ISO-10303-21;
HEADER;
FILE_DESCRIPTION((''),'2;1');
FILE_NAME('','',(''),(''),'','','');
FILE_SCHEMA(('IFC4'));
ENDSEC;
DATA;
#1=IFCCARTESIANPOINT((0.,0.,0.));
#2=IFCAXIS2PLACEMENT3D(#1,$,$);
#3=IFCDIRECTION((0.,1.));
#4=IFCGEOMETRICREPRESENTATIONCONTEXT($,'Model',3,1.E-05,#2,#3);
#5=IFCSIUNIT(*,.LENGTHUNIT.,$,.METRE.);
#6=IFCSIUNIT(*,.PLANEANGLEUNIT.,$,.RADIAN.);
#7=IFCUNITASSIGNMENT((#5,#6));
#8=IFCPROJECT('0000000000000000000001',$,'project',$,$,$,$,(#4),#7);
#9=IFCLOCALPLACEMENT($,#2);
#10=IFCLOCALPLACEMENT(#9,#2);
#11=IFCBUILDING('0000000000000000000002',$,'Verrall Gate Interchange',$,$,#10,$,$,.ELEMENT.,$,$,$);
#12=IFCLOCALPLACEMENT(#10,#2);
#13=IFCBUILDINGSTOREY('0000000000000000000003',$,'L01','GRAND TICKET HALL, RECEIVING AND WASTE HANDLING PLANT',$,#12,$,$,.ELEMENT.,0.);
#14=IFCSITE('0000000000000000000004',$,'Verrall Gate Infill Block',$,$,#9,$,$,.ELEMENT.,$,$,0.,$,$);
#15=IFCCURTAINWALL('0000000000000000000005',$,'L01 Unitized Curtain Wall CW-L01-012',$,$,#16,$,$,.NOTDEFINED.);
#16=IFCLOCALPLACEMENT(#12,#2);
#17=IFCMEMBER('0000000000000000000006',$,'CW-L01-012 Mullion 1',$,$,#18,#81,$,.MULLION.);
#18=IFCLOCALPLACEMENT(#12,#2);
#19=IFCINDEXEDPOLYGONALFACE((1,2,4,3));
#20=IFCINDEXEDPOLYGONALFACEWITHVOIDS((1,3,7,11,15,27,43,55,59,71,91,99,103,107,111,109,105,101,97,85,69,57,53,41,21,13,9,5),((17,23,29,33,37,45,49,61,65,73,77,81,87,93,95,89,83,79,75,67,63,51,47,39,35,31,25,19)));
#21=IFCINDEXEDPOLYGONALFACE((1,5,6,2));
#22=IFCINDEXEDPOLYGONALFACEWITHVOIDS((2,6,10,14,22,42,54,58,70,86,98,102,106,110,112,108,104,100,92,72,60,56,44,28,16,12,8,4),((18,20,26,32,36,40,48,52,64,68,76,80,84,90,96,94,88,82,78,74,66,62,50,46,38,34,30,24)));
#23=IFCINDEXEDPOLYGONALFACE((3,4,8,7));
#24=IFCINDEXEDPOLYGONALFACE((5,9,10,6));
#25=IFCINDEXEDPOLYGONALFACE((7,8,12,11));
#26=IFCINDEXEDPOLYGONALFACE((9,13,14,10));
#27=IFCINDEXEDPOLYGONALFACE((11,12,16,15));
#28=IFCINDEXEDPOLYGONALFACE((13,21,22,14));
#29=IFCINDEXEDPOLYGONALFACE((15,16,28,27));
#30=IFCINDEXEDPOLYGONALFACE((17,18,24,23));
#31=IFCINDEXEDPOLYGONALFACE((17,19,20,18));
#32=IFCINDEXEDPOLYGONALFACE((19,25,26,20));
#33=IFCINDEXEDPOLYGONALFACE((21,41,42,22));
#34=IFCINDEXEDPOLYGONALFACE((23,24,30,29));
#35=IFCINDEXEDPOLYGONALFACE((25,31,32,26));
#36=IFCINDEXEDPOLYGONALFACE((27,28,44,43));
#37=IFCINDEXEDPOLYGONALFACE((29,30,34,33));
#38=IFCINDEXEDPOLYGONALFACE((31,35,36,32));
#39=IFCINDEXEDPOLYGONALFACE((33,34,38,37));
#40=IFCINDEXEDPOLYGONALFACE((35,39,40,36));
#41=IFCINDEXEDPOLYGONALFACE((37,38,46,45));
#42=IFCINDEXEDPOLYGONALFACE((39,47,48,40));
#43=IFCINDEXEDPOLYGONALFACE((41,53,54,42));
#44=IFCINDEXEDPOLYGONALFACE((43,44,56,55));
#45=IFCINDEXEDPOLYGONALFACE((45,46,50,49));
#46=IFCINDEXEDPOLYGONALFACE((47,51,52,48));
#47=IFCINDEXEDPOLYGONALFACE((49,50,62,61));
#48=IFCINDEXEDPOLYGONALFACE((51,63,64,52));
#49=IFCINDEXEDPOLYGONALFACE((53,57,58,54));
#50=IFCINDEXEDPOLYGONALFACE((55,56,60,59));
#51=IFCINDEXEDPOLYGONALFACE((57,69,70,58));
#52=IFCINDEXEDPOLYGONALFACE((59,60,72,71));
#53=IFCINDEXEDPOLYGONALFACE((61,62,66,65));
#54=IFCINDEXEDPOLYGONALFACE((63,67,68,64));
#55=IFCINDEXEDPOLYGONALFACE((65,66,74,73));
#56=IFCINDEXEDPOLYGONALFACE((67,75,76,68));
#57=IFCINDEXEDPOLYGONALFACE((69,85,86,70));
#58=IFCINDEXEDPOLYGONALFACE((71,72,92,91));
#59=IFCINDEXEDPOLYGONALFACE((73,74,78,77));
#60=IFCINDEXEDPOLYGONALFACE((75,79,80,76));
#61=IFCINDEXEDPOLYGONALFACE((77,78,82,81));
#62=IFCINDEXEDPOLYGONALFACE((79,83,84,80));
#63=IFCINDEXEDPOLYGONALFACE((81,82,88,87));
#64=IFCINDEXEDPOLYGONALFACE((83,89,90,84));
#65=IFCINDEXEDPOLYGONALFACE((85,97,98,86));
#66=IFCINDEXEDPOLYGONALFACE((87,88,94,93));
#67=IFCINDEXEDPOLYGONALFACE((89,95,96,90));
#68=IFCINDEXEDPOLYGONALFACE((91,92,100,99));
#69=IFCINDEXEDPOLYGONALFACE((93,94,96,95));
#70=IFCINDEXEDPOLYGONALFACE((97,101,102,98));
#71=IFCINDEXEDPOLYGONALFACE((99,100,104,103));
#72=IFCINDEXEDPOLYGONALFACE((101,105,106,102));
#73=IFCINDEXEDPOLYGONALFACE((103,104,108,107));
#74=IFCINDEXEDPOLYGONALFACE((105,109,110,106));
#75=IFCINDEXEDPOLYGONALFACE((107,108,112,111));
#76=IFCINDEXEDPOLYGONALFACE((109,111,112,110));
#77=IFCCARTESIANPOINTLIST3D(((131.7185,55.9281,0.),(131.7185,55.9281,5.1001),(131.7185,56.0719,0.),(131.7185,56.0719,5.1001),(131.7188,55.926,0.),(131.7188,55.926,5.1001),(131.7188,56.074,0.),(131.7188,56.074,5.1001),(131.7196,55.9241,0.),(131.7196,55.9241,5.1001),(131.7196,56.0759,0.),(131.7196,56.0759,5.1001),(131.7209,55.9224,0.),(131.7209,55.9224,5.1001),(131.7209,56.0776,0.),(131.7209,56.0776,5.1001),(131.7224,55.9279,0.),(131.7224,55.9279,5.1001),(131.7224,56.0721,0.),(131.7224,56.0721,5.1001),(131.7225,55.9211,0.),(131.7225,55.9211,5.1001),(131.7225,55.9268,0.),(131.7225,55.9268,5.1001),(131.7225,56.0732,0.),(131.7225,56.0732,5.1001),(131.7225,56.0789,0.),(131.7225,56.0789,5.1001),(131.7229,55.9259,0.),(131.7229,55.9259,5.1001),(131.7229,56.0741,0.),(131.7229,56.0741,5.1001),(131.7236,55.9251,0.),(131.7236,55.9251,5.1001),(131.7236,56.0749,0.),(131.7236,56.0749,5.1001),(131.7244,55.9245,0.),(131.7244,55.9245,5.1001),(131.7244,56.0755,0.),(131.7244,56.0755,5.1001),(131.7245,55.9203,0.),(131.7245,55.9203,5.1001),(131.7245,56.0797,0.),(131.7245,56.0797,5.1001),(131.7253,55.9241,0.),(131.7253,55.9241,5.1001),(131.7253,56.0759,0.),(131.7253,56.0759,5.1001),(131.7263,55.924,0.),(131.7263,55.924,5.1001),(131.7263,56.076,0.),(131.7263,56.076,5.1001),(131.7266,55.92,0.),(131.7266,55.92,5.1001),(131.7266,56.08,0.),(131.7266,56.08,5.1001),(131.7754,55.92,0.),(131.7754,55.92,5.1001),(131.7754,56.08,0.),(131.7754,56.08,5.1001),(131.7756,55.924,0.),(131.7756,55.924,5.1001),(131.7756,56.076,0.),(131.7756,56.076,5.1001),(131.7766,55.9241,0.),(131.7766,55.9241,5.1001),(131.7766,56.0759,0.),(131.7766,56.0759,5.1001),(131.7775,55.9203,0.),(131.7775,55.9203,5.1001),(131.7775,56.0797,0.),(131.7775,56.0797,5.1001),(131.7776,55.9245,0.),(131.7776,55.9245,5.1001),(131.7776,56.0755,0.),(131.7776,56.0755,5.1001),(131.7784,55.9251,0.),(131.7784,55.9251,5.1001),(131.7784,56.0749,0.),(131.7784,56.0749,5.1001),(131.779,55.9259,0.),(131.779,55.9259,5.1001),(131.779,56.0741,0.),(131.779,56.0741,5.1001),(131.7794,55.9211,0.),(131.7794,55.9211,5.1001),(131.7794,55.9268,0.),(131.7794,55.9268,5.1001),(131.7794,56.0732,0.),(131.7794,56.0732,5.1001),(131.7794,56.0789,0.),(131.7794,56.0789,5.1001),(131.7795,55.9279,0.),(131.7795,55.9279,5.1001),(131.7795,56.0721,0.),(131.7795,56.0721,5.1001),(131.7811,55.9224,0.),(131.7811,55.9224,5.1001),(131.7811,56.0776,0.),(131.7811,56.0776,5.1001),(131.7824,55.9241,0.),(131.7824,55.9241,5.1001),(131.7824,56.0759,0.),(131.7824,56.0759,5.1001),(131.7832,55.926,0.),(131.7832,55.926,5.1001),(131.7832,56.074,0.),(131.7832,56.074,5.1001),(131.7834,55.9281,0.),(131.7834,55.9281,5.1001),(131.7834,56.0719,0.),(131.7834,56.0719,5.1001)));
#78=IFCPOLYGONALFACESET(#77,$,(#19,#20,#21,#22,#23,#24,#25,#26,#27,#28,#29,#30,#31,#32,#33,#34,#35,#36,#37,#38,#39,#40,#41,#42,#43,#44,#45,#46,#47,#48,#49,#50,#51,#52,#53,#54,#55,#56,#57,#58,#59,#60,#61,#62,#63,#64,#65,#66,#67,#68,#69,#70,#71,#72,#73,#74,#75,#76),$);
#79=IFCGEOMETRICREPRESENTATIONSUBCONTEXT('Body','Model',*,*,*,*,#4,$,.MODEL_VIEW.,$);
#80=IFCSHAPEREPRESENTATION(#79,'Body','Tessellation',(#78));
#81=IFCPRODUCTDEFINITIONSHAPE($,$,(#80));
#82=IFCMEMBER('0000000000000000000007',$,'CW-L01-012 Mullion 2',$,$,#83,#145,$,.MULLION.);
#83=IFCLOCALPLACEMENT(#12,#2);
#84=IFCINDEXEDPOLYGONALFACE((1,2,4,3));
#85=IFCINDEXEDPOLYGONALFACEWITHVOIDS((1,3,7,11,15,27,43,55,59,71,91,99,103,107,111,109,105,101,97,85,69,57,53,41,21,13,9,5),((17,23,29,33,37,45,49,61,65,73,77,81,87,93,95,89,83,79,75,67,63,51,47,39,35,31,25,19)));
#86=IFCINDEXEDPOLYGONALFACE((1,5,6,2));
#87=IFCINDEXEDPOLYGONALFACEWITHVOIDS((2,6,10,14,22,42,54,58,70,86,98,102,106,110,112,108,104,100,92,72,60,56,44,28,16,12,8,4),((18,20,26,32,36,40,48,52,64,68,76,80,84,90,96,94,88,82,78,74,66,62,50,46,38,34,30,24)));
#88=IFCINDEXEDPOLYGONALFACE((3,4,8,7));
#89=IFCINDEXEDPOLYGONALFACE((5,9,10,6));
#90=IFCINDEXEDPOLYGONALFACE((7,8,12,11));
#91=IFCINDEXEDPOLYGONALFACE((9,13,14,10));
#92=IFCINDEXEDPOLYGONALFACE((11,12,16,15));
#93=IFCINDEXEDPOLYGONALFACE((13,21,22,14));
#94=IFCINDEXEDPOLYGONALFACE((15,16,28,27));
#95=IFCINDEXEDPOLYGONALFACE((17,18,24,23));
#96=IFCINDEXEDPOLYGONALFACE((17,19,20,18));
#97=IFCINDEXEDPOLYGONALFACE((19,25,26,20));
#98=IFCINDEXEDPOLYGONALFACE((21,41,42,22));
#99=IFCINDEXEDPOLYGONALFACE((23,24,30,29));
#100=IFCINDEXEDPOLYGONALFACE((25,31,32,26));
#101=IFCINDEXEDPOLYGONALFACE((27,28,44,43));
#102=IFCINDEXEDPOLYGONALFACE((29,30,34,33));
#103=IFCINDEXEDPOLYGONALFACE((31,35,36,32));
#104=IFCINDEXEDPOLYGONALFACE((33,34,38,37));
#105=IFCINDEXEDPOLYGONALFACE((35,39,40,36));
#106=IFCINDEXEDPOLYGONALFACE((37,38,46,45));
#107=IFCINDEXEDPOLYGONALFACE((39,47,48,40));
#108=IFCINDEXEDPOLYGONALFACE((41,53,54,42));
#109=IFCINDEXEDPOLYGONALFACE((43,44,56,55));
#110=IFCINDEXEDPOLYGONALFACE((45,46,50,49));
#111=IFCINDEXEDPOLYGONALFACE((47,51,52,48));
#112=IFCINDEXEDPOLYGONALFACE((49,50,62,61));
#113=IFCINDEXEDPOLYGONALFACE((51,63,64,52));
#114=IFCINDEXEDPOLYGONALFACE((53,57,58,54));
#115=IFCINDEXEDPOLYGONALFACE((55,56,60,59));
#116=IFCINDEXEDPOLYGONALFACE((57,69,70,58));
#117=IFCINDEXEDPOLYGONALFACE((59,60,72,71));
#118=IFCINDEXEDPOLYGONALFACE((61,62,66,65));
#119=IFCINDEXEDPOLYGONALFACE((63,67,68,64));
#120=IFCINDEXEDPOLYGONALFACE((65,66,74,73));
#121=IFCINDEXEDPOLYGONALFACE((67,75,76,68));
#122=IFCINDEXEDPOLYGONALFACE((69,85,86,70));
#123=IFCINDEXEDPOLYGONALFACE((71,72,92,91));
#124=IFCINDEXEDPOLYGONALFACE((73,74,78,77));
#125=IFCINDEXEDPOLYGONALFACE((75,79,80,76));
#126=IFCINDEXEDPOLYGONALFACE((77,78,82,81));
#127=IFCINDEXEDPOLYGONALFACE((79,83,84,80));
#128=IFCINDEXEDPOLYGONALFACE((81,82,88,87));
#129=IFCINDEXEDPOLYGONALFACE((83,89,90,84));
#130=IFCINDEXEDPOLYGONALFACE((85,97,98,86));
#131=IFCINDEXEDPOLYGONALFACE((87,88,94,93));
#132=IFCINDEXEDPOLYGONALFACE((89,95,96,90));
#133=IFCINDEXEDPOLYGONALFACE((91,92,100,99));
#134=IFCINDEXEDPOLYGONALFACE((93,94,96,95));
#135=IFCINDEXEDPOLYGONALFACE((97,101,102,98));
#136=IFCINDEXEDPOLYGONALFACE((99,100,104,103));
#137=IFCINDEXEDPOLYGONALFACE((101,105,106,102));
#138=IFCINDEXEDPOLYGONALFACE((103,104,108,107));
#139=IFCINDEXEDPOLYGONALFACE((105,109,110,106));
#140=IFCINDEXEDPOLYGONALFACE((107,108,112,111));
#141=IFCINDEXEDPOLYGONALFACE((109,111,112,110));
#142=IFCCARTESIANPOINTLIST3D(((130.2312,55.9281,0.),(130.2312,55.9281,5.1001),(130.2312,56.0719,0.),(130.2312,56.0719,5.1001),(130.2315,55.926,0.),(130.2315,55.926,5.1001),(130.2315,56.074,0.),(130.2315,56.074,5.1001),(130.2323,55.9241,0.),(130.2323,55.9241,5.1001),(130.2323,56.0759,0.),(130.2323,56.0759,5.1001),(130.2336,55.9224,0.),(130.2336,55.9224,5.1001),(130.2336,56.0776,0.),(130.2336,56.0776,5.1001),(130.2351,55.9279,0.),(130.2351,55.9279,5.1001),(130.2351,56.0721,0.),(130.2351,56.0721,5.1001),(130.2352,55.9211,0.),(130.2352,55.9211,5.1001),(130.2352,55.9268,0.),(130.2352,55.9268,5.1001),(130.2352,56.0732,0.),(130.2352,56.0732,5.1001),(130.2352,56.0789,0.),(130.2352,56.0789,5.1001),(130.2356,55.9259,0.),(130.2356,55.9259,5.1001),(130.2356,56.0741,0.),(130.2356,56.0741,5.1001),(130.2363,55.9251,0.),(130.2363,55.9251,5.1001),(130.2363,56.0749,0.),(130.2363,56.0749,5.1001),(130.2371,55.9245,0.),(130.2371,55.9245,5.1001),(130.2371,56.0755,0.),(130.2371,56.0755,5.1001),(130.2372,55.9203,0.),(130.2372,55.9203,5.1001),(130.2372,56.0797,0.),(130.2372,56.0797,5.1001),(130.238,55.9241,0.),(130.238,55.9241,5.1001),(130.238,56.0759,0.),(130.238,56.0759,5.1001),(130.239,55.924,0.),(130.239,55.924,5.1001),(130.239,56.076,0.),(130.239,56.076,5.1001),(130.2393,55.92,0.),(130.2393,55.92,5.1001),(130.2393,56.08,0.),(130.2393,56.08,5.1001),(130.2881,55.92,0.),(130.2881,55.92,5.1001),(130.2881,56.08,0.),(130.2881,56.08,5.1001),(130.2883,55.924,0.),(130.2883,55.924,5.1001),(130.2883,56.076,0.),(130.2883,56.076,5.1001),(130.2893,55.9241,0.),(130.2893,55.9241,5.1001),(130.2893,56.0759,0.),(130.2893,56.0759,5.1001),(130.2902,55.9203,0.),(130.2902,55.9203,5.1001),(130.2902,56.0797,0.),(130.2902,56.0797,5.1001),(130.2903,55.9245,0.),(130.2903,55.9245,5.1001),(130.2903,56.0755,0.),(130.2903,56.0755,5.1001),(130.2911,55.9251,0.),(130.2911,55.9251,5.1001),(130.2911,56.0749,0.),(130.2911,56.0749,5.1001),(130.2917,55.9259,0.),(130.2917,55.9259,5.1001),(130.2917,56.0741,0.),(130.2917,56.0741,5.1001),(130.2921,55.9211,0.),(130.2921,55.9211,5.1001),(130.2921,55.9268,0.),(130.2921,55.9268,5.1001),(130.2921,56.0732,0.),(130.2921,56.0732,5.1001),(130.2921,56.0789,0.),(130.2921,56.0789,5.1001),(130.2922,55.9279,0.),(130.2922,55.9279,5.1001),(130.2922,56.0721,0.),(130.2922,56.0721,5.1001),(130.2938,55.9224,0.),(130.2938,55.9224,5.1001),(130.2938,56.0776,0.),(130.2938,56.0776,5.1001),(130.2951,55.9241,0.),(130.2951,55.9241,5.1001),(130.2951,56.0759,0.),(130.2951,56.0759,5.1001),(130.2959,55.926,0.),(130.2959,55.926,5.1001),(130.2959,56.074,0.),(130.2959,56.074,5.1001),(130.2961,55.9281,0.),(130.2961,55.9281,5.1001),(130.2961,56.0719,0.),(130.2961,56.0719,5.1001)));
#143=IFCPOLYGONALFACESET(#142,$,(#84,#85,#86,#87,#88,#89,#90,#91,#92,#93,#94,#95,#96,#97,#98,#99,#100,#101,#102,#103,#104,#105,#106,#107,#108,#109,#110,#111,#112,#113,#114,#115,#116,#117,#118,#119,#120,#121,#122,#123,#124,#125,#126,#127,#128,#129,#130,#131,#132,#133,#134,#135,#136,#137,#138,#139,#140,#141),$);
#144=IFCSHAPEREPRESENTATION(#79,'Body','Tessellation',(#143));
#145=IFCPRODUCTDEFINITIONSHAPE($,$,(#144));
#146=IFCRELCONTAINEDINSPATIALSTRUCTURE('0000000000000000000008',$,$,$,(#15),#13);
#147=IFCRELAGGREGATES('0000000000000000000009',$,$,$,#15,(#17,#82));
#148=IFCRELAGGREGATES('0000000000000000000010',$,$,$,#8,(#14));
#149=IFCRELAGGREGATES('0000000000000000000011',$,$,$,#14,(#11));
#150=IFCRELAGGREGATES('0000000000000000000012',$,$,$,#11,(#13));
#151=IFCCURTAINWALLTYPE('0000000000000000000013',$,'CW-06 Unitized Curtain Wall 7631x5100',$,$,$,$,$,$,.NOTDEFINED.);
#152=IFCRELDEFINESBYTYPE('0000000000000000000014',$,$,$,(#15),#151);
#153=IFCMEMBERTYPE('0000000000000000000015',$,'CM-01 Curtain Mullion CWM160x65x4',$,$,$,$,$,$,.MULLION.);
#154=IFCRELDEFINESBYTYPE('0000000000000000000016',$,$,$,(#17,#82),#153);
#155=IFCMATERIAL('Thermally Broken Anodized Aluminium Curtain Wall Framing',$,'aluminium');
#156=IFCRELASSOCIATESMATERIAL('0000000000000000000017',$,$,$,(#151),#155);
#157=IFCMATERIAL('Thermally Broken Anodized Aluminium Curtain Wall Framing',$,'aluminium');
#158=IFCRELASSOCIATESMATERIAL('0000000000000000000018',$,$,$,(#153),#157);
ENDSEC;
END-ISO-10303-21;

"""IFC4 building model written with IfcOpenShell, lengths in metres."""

from ifc_helpers import new_model, si_unit, direction, frame, origin, origin_2d, place, context, subcontext, project, spatial, hollow_rectangle, extrude, material, material_profile, profile_set, type_object, element, aggregate, save


model = new_model("IFC4")

# Units and contexts
model_context = context("Model", 3, precision=1e-05, world=origin(), true_north=direction((0.0, 1.0)))
body_context = subcontext(model_context, "Body", "Model", "MODEL_VIEW")
ifc_project = project(units=[si_unit("LENGTHUNIT", "METRE"), si_unit("PLANEANGLEUNIT", "RADIAN")], contexts=[model_context])

# Site, building, storey
site_placement = place(None, origin())
site = spatial("IfcSite", under=ifc_project, at=site_placement, Name="Verrall Gate Infill Block", CompositionType="ELEMENT", RefElevation=0.0)
building_placement = place(site_placement, origin())
building = spatial("IfcBuilding", under=site, at=building_placement, Name="Verrall Gate Interchange", CompositionType="ELEMENT")
storey_placement = place(building_placement, origin())
storey = spatial("IfcBuildingStorey", under=building, at=storey_placement, Name="L01", Description="GRAND TICKET HALL, RECEIVING AND WASTE HANDLING PLANT", CompositionType="ELEMENT", Elevation=0.0)

# Curtain wall, members
ifc_material_1 = material(Name="Thermally Broken Anodized Aluminium Curtain Wall Framing", Category="aluminium")
curtain_wall_type = type_object("IfcCurtainWallType", Name="CW-06 Unitized Curtain Wall 7631x5100", PredefinedType="NOTDEFINED", material=ifc_material_1)
curtain_wall_1_placement = place(storey_placement, origin())
curtain_wall_1 = element("IfcCurtainWall", 1, at=curtain_wall_1_placement, inside=storey, type_object=curtain_wall_type, Name="L01 Unitized Curtain Wall CW-L01-012", PredefinedType="NOTDEFINED")
ifc_material_2 = material(Name="Thermally Broken Anodized Aluminium Curtain Wall Framing", Category="aluminium")
ifc_material_profile_1 = material_profile(ifc_material_2, hollow_rectangle(XDim=0.0649, YDim=0.1599, WallThickness=0.0039, InnerFilletRadius=0.0039, OuterFilletRadius=0.0081, at=origin_2d()), Name="CWM160x65x4")
ifc_profile_set_1 = profile_set([ifc_material_profile_1], Name="Thermally Broken Anodized Aluminium Curtain Wall Framing")
member_type_1 = type_object("IfcMemberType", Name="CM-01 Curtain Mullion CWM160x65x4", PredefinedType="MULLION", material=ifc_profile_set_1)
member_1_placement = place(storey_placement, frame((131.751, 56.0, 0.0), z_axis=(0.0, 0.0, 1.0), x_axis=(-1.0, 0.0, 0.0)))
member_1 = element("IfcMember", 2, at=member_1_placement, type_object=member_type_1, Name="CW-L01-012 Mullion 1", PredefinedType="MULLION", context=body_context, shape_type="SweptSolid", body=[
    extrude(hollow_rectangle(XDim=0.0649, YDim=0.1599, WallThickness=0.0039, InnerFilletRadius=0.0039, OuterFilletRadius=0.0081, at=origin_2d()), origin(), (0.0, 0.0, 1.0), 5.1001),
])
member_2_placement = place(storey_placement, frame((130.2637, 56.0, 0.0), z_axis=(0.0, 0.0, 1.0), x_axis=(-1.0, 0.0, 0.0)))
member_2 = element("IfcMember", 3, at=member_2_placement, type_object=member_type_1, Name="CW-L01-012 Mullion 2", PredefinedType="MULLION", context=body_context, shape_type="SweptSolid", body=[
    extrude(hollow_rectangle(XDim=0.0649, YDim=0.1599, WallThickness=0.0039, InnerFilletRadius=0.0039, OuterFilletRadius=0.0081, at=origin_2d()), origin(), (0.0, 0.0, 1.0), 5.1001),
])

aggregate(curtain_wall_1, [member_1, member_2])

save(model, "model.ifc")
